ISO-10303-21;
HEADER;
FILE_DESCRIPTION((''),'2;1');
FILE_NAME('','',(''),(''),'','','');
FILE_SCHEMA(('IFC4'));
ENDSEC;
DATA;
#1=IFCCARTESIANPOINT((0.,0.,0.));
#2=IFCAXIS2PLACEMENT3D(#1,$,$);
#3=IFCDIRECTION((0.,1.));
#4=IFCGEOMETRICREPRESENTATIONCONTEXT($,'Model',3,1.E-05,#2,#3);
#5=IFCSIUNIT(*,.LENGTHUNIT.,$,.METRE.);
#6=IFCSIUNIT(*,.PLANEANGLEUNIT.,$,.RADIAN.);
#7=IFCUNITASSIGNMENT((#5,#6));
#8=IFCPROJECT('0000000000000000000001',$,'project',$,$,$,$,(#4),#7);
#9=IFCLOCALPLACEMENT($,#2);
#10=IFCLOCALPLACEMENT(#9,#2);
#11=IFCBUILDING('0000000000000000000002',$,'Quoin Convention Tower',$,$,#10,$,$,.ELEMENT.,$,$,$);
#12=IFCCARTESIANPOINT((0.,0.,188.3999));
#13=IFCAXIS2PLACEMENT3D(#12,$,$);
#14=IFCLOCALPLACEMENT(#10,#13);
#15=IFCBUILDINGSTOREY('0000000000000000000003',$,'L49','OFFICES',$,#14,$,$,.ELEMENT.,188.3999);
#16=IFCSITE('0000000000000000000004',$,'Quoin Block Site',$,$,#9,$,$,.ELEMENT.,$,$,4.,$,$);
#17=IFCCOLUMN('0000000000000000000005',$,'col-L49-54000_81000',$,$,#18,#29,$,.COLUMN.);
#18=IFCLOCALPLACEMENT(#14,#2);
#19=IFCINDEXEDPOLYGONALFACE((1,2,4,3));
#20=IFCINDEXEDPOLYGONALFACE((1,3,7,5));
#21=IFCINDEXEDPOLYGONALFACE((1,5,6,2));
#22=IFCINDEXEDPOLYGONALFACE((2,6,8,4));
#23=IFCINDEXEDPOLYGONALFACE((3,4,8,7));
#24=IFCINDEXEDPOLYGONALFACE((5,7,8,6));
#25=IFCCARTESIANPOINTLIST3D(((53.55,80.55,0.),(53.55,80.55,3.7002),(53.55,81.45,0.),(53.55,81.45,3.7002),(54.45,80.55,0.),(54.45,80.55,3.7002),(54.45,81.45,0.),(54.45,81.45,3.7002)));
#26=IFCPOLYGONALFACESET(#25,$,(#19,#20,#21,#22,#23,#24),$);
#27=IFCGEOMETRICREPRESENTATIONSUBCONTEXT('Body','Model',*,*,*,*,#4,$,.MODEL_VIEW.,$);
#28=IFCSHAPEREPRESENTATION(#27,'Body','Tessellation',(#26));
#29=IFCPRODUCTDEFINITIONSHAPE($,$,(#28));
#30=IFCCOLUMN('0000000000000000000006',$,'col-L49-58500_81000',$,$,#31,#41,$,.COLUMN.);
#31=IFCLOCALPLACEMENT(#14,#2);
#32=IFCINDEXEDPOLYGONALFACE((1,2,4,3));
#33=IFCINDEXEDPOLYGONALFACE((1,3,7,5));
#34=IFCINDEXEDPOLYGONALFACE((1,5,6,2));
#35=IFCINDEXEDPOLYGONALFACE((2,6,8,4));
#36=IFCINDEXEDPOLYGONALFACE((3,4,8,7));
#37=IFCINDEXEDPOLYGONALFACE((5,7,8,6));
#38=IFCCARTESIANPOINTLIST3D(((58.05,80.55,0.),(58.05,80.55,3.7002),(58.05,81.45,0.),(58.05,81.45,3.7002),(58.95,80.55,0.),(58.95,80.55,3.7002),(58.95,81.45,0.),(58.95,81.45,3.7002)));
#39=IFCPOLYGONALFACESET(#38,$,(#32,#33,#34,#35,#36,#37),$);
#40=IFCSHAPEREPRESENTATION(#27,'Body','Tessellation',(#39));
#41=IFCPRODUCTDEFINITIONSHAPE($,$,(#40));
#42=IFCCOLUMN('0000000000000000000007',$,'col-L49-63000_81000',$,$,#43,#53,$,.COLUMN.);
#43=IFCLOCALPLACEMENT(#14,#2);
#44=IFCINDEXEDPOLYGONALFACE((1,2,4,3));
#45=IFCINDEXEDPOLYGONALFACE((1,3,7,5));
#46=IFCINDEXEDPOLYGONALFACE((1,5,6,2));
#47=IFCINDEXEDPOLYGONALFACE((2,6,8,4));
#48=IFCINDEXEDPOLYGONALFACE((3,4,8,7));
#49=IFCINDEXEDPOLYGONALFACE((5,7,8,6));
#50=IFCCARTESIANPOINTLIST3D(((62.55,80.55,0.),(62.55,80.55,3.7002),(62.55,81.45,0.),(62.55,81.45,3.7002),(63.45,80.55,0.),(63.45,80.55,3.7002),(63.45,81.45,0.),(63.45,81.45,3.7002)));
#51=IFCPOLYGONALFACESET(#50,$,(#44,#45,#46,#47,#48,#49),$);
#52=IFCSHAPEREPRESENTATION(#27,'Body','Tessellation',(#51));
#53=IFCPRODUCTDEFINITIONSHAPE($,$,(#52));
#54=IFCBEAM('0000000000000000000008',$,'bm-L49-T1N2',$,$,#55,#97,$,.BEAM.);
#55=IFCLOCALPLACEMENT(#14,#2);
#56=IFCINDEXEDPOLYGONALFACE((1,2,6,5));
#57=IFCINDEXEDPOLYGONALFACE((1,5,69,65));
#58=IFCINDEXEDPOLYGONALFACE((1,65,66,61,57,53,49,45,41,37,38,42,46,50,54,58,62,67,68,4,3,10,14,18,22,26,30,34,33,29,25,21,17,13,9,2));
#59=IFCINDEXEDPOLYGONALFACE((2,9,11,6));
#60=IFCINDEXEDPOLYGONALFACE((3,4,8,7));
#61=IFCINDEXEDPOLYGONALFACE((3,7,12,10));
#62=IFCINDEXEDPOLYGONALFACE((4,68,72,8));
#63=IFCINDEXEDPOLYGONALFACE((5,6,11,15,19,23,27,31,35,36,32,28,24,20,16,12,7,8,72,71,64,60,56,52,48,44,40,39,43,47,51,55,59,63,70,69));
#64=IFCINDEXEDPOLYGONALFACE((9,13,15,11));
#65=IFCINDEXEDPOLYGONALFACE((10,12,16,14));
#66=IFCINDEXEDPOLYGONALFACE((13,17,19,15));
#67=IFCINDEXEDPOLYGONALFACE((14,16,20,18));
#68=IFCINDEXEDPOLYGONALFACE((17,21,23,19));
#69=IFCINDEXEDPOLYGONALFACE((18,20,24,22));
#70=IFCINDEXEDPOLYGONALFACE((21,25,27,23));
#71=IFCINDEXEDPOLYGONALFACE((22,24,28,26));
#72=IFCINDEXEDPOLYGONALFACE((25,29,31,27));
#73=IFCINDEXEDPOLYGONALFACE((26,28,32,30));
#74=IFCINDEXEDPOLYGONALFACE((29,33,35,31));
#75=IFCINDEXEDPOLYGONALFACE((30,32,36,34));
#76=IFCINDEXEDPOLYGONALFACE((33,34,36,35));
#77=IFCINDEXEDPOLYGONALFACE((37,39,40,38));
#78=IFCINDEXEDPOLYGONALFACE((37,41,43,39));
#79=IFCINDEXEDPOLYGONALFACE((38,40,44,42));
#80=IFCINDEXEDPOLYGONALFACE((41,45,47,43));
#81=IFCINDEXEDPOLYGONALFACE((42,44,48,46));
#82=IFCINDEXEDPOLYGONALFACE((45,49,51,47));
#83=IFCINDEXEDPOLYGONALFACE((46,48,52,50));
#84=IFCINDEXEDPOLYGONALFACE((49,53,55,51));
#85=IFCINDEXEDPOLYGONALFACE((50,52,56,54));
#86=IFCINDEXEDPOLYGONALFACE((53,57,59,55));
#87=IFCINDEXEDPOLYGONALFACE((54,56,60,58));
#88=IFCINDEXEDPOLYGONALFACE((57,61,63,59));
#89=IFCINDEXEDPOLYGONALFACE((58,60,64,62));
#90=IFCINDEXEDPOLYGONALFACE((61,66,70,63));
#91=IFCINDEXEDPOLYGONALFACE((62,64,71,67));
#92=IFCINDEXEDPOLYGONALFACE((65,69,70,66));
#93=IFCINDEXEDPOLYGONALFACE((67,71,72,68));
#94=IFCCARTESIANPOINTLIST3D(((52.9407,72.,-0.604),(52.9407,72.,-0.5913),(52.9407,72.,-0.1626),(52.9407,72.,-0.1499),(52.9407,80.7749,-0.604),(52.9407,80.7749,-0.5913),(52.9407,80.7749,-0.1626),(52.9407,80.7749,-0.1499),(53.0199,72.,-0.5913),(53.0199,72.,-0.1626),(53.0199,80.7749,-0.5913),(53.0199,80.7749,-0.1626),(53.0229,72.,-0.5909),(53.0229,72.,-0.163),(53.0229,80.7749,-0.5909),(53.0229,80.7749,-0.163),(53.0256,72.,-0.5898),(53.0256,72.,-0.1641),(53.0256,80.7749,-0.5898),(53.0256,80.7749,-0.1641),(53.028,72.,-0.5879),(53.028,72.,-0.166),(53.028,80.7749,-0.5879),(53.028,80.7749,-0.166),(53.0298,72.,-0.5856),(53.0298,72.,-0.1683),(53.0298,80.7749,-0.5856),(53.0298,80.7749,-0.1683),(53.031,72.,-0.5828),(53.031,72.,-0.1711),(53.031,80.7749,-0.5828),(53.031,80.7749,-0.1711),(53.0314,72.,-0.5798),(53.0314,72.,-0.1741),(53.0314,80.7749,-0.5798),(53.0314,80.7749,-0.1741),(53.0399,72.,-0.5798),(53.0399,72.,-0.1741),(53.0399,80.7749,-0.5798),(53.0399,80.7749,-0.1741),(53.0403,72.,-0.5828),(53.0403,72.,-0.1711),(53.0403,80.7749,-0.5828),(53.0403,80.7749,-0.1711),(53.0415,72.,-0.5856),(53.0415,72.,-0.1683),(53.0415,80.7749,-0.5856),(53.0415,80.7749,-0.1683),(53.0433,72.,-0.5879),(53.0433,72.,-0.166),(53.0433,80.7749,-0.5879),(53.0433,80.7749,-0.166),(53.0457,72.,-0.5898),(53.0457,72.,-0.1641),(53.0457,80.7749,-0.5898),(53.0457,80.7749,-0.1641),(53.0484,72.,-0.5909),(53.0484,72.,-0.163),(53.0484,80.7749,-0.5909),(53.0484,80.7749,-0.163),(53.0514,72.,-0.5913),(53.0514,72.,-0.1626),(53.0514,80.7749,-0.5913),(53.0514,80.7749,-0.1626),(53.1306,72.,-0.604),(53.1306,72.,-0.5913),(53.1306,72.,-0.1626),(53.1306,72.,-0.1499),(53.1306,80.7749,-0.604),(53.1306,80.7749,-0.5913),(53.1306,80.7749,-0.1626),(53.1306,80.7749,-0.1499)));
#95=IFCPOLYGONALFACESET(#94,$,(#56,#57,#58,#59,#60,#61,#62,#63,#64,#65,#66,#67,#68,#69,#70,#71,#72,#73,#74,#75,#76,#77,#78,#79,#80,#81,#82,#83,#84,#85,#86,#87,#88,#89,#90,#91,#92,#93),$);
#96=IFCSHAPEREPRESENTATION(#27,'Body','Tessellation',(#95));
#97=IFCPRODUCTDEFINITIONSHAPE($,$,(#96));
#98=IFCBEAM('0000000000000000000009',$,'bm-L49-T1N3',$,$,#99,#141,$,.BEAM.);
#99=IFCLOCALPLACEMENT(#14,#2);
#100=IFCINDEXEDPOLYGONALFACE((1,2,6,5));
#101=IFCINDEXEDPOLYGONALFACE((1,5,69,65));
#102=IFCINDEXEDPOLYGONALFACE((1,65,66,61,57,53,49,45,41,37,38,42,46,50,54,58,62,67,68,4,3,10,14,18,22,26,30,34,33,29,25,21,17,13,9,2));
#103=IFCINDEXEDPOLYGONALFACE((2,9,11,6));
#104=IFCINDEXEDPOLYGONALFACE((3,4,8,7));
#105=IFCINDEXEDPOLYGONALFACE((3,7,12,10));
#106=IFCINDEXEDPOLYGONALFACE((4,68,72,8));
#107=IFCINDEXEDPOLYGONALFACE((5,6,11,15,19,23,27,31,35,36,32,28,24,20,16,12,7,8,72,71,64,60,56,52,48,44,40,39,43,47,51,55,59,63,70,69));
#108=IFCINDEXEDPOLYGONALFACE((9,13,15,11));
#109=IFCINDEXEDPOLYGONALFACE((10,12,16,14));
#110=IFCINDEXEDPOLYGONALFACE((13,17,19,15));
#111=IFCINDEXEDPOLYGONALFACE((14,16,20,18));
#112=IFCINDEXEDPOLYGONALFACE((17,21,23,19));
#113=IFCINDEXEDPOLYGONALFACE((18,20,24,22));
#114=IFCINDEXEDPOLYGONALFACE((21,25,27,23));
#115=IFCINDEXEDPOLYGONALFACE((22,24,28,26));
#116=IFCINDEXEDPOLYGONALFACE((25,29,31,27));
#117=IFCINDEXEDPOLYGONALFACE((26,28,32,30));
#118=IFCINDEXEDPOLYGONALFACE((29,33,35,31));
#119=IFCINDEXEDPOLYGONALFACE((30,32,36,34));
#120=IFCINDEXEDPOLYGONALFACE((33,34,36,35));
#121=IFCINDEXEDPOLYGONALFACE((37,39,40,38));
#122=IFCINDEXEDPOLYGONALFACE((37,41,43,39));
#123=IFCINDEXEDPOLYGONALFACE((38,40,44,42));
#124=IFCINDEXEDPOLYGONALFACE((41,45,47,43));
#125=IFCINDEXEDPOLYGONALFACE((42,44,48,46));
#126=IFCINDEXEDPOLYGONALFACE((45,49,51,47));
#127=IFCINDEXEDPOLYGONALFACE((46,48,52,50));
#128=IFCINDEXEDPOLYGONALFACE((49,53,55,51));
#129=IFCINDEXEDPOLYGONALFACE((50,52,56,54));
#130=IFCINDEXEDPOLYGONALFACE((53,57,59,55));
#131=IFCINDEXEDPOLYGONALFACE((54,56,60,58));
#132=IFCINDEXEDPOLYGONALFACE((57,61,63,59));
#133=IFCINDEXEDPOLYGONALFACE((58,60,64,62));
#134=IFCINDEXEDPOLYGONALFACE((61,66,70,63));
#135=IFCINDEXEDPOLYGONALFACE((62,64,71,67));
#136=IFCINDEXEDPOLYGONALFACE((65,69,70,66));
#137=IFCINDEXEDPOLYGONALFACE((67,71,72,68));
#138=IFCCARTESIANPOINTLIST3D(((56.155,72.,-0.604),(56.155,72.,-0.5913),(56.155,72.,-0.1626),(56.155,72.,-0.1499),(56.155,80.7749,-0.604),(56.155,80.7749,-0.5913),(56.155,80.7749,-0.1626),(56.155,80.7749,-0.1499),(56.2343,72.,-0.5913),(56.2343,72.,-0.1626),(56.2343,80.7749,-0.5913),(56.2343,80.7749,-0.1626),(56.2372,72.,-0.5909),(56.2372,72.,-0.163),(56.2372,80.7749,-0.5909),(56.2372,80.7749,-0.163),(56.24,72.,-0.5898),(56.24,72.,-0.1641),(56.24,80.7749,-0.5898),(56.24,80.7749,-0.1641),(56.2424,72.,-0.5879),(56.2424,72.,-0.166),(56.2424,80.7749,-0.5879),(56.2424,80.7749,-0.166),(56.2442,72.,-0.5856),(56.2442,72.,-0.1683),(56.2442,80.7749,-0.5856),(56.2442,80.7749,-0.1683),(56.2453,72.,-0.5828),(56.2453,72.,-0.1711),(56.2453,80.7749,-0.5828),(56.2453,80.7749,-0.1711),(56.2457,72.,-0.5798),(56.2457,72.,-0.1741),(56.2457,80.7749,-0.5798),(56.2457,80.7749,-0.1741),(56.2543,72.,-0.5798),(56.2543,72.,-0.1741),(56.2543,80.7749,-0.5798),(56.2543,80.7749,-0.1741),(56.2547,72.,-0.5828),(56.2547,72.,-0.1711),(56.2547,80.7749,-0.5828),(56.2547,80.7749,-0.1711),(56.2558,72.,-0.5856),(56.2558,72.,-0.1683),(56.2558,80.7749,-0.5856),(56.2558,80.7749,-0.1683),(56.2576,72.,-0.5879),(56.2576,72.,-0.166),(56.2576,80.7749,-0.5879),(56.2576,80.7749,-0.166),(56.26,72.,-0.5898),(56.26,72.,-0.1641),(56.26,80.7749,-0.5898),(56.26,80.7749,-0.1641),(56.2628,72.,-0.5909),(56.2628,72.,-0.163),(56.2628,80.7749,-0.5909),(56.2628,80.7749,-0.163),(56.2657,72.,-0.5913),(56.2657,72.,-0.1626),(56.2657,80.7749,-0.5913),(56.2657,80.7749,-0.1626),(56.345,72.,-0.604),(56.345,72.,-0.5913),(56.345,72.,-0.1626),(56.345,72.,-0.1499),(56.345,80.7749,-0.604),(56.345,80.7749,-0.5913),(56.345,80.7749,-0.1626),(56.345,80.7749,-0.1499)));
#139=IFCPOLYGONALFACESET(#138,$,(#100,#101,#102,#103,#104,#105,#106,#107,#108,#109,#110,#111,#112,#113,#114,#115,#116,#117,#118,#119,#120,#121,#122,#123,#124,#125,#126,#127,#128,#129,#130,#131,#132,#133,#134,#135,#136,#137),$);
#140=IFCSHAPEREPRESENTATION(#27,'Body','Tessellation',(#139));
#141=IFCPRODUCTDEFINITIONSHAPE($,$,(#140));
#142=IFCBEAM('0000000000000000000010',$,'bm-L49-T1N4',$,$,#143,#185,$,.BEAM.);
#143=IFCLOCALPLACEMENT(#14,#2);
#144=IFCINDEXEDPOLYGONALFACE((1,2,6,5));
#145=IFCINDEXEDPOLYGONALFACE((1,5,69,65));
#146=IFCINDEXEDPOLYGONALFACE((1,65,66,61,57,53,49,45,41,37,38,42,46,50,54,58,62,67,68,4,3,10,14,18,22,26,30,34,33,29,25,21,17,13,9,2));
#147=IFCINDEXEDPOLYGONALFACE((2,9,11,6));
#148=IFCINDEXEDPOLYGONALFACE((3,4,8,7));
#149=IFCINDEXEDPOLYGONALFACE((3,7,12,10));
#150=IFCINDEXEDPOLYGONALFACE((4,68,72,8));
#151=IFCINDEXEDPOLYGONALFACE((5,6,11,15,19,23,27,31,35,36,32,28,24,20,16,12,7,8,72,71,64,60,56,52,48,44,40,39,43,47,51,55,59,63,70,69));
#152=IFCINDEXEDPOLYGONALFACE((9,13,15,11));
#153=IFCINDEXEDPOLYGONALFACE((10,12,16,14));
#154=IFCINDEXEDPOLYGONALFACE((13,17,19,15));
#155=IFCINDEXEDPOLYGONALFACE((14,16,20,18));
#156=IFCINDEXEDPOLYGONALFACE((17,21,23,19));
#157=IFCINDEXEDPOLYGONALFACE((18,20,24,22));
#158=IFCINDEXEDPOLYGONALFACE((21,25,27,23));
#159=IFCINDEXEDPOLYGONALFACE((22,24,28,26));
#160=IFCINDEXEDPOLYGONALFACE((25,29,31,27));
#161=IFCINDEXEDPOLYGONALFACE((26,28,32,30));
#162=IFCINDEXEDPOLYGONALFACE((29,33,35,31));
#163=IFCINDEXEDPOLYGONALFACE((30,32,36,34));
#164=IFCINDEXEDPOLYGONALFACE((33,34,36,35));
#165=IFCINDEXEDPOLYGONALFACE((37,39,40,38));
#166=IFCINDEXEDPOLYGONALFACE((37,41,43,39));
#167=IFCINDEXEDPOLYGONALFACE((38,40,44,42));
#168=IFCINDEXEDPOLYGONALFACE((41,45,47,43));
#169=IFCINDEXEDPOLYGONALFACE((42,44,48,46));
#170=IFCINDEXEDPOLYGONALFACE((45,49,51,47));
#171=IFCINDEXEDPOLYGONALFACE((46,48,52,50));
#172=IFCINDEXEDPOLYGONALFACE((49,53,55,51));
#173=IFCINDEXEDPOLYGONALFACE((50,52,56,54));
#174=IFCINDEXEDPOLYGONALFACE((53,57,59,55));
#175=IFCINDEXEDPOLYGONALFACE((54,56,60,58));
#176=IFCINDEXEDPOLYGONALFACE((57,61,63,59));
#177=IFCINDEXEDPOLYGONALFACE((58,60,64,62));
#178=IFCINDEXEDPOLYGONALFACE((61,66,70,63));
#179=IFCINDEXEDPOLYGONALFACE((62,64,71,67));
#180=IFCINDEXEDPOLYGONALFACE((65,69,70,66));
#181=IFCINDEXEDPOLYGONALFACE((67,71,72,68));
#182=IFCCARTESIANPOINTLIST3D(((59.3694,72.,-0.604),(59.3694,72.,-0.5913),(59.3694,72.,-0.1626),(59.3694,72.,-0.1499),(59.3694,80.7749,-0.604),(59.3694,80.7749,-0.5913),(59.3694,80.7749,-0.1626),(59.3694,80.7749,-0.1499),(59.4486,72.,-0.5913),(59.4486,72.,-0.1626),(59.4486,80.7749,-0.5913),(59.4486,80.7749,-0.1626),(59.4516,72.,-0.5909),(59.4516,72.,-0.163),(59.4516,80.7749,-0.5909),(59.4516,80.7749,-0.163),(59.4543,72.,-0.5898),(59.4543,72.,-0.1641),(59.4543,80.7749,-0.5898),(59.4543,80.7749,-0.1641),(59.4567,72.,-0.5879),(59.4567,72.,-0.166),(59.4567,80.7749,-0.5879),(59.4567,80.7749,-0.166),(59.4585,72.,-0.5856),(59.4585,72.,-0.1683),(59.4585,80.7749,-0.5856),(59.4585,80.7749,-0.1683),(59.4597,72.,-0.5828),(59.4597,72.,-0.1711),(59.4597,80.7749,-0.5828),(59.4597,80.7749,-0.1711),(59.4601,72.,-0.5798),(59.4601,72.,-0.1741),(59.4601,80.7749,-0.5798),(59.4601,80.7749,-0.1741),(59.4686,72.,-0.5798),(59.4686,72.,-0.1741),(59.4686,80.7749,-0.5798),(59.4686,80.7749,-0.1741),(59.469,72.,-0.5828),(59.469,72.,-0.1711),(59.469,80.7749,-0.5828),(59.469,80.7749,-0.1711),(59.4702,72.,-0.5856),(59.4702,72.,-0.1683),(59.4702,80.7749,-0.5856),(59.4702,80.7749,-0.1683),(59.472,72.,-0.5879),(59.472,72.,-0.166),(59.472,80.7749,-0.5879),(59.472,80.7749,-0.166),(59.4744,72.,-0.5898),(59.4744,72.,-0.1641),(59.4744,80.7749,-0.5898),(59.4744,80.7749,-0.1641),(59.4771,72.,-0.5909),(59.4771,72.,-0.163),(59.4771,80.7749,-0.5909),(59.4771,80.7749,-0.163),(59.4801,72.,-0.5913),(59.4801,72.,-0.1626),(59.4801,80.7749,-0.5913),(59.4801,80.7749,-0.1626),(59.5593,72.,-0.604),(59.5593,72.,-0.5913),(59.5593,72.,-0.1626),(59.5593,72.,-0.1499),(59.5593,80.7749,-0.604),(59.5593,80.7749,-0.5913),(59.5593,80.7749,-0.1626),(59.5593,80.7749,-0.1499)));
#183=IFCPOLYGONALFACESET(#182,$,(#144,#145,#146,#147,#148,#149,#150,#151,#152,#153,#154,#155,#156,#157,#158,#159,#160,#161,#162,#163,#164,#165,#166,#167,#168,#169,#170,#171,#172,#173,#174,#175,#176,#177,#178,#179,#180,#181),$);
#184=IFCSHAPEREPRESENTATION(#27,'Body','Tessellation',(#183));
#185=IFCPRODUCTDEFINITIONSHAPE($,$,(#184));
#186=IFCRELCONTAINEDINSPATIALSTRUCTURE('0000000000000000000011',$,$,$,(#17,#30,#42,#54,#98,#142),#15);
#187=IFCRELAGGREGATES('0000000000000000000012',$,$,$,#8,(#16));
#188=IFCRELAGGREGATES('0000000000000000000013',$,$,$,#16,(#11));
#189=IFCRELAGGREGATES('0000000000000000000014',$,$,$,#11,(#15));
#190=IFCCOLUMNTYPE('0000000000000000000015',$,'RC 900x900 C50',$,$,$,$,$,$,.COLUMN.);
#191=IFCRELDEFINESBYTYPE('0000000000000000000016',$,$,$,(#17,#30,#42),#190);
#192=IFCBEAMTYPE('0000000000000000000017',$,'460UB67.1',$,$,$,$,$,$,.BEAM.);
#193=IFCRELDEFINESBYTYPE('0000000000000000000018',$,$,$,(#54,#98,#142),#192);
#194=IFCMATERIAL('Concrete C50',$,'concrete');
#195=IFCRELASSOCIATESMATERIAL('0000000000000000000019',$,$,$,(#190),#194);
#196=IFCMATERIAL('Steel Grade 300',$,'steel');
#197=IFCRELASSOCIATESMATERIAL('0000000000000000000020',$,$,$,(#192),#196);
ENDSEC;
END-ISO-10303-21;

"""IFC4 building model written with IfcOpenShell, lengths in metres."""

from ifc_helpers import new_model, si_unit, direction, frame, origin, origin_2d, place, context, subcontext, project, spatial, rectangle, i_section, extrude, material, material_profile, profile_set, type_object, element, save


model = new_model("IFC4")

# Units and contexts
model_context = context("Model", 3, precision=1e-05, world=origin(), true_north=direction((0.0, 1.0)))
body_context = subcontext(model_context, "Body", "Model", "MODEL_VIEW")
ifc_project = project(units=[si_unit("LENGTHUNIT", "METRE"), si_unit("PLANEANGLEUNIT", "RADIAN")], contexts=[model_context])

# Site, building, storey
site_placement = place(None, origin())
site = spatial("IfcSite", under=ifc_project, at=site_placement, Name="Quoin Block Site", CompositionType="ELEMENT", RefElevation=4.0)
building_placement = place(site_placement, origin())
building = spatial("IfcBuilding", under=site, at=building_placement, Name="Quoin Convention Tower", CompositionType="ELEMENT")
storey_placement = place(building_placement, frame((0.0, 0.0, 188.3999)))
storey = spatial("IfcBuildingStorey", under=building, at=storey_placement, Name="L49", Description="OFFICES", CompositionType="ELEMENT", Elevation=188.3999)

# Columns
ifc_material_1 = material(Name="Concrete C50", Category="concrete")
ifc_material_profile_1 = material_profile(ifc_material_1, rectangle(XDim=0.8999, YDim=0.8999, at=origin_2d()), Name="RC 900x900")
ifc_profile_set_1 = profile_set([ifc_material_profile_1], Name="Concrete C50")
column_type = type_object("IfcColumnType", Name="RC 900x900 C50", PredefinedType="COLUMN", material=ifc_profile_set_1)
for number, where, z_axis, x_axis, name in (
    (1, (54.0, 81.0, 0.0), (0.0, 0.0, 1.0), (1.0, 0.0, 0.0), "col-L49-54000_81000"),
    (2, (58.5, 81.0, 0.0), (0.0, 0.0, 1.0), (1.0, 0.0, 0.0), "col-L49-58500_81000"),
    (3, (63.0, 81.0, 0.0), (0.0, 0.0, 1.0), (1.0, 0.0, 0.0), "col-L49-63000_81000"),
):
    element("IfcColumn", number, at=place(storey_placement, frame(where, z_axis=z_axis, x_axis=x_axis)), inside=storey, type_object=column_type, Name=name, PredefinedType="COLUMN", context=body_context, shape_type="SweptSolid", body=[
        extrude(rectangle(XDim=0.8999, YDim=0.8999, at=origin_2d()), origin(), (0.0, 0.0, 1.0), 3.7002),
    ])

# Beams
ifc_material_2 = material(Name="Steel Grade 300", Category="steel")
ifc_material_profile_2 = material_profile(ifc_material_2, i_section(OverallWidth=0.1899, OverallDepth=0.4541, WebThickness=0.0085, FlangeThickness=0.0127, FilletRadius=0.0115, at=origin_2d()), Name="460UB67.1")
ifc_profile_set_2 = profile_set([ifc_material_profile_2], Name="Steel Grade 300")
beam_type_1 = type_object("IfcBeamType", Name="460UB67.1", PredefinedType="BEAM", material=ifc_profile_set_2)
for number, where, z_axis, x_axis, name in (
    (4, (53.0356, 72.0, -0.377), (0.0, 1.0, 0.0), (-1.0, 0.0, 0.0), "bm-L49-T1N2"),
    (5, (56.25, 72.0, -0.377), (0.0, 1.0, 0.0), (-1.0, 0.0, 0.0), "bm-L49-T1N3"),
    (6, (59.4644, 72.0, -0.377), (0.0, 1.0, 0.0), (-1.0, 0.0, 0.0), "bm-L49-T1N4"),
):
    element("IfcBeam", number, at=place(storey_placement, frame(where, z_axis=z_axis, x_axis=x_axis)), inside=storey, type_object=beam_type_1, Name=name, PredefinedType="BEAM", context=body_context, shape_type="SweptSolid", body=[
        extrude(i_section(OverallWidth=0.1899, OverallDepth=0.4541, WebThickness=0.0085, FlangeThickness=0.0127, FilletRadius=0.0115, at=origin_2d()), origin(), (0.0, 0.0, 1.0), 8.7749),
    ])

save(model, "model.ifc")
